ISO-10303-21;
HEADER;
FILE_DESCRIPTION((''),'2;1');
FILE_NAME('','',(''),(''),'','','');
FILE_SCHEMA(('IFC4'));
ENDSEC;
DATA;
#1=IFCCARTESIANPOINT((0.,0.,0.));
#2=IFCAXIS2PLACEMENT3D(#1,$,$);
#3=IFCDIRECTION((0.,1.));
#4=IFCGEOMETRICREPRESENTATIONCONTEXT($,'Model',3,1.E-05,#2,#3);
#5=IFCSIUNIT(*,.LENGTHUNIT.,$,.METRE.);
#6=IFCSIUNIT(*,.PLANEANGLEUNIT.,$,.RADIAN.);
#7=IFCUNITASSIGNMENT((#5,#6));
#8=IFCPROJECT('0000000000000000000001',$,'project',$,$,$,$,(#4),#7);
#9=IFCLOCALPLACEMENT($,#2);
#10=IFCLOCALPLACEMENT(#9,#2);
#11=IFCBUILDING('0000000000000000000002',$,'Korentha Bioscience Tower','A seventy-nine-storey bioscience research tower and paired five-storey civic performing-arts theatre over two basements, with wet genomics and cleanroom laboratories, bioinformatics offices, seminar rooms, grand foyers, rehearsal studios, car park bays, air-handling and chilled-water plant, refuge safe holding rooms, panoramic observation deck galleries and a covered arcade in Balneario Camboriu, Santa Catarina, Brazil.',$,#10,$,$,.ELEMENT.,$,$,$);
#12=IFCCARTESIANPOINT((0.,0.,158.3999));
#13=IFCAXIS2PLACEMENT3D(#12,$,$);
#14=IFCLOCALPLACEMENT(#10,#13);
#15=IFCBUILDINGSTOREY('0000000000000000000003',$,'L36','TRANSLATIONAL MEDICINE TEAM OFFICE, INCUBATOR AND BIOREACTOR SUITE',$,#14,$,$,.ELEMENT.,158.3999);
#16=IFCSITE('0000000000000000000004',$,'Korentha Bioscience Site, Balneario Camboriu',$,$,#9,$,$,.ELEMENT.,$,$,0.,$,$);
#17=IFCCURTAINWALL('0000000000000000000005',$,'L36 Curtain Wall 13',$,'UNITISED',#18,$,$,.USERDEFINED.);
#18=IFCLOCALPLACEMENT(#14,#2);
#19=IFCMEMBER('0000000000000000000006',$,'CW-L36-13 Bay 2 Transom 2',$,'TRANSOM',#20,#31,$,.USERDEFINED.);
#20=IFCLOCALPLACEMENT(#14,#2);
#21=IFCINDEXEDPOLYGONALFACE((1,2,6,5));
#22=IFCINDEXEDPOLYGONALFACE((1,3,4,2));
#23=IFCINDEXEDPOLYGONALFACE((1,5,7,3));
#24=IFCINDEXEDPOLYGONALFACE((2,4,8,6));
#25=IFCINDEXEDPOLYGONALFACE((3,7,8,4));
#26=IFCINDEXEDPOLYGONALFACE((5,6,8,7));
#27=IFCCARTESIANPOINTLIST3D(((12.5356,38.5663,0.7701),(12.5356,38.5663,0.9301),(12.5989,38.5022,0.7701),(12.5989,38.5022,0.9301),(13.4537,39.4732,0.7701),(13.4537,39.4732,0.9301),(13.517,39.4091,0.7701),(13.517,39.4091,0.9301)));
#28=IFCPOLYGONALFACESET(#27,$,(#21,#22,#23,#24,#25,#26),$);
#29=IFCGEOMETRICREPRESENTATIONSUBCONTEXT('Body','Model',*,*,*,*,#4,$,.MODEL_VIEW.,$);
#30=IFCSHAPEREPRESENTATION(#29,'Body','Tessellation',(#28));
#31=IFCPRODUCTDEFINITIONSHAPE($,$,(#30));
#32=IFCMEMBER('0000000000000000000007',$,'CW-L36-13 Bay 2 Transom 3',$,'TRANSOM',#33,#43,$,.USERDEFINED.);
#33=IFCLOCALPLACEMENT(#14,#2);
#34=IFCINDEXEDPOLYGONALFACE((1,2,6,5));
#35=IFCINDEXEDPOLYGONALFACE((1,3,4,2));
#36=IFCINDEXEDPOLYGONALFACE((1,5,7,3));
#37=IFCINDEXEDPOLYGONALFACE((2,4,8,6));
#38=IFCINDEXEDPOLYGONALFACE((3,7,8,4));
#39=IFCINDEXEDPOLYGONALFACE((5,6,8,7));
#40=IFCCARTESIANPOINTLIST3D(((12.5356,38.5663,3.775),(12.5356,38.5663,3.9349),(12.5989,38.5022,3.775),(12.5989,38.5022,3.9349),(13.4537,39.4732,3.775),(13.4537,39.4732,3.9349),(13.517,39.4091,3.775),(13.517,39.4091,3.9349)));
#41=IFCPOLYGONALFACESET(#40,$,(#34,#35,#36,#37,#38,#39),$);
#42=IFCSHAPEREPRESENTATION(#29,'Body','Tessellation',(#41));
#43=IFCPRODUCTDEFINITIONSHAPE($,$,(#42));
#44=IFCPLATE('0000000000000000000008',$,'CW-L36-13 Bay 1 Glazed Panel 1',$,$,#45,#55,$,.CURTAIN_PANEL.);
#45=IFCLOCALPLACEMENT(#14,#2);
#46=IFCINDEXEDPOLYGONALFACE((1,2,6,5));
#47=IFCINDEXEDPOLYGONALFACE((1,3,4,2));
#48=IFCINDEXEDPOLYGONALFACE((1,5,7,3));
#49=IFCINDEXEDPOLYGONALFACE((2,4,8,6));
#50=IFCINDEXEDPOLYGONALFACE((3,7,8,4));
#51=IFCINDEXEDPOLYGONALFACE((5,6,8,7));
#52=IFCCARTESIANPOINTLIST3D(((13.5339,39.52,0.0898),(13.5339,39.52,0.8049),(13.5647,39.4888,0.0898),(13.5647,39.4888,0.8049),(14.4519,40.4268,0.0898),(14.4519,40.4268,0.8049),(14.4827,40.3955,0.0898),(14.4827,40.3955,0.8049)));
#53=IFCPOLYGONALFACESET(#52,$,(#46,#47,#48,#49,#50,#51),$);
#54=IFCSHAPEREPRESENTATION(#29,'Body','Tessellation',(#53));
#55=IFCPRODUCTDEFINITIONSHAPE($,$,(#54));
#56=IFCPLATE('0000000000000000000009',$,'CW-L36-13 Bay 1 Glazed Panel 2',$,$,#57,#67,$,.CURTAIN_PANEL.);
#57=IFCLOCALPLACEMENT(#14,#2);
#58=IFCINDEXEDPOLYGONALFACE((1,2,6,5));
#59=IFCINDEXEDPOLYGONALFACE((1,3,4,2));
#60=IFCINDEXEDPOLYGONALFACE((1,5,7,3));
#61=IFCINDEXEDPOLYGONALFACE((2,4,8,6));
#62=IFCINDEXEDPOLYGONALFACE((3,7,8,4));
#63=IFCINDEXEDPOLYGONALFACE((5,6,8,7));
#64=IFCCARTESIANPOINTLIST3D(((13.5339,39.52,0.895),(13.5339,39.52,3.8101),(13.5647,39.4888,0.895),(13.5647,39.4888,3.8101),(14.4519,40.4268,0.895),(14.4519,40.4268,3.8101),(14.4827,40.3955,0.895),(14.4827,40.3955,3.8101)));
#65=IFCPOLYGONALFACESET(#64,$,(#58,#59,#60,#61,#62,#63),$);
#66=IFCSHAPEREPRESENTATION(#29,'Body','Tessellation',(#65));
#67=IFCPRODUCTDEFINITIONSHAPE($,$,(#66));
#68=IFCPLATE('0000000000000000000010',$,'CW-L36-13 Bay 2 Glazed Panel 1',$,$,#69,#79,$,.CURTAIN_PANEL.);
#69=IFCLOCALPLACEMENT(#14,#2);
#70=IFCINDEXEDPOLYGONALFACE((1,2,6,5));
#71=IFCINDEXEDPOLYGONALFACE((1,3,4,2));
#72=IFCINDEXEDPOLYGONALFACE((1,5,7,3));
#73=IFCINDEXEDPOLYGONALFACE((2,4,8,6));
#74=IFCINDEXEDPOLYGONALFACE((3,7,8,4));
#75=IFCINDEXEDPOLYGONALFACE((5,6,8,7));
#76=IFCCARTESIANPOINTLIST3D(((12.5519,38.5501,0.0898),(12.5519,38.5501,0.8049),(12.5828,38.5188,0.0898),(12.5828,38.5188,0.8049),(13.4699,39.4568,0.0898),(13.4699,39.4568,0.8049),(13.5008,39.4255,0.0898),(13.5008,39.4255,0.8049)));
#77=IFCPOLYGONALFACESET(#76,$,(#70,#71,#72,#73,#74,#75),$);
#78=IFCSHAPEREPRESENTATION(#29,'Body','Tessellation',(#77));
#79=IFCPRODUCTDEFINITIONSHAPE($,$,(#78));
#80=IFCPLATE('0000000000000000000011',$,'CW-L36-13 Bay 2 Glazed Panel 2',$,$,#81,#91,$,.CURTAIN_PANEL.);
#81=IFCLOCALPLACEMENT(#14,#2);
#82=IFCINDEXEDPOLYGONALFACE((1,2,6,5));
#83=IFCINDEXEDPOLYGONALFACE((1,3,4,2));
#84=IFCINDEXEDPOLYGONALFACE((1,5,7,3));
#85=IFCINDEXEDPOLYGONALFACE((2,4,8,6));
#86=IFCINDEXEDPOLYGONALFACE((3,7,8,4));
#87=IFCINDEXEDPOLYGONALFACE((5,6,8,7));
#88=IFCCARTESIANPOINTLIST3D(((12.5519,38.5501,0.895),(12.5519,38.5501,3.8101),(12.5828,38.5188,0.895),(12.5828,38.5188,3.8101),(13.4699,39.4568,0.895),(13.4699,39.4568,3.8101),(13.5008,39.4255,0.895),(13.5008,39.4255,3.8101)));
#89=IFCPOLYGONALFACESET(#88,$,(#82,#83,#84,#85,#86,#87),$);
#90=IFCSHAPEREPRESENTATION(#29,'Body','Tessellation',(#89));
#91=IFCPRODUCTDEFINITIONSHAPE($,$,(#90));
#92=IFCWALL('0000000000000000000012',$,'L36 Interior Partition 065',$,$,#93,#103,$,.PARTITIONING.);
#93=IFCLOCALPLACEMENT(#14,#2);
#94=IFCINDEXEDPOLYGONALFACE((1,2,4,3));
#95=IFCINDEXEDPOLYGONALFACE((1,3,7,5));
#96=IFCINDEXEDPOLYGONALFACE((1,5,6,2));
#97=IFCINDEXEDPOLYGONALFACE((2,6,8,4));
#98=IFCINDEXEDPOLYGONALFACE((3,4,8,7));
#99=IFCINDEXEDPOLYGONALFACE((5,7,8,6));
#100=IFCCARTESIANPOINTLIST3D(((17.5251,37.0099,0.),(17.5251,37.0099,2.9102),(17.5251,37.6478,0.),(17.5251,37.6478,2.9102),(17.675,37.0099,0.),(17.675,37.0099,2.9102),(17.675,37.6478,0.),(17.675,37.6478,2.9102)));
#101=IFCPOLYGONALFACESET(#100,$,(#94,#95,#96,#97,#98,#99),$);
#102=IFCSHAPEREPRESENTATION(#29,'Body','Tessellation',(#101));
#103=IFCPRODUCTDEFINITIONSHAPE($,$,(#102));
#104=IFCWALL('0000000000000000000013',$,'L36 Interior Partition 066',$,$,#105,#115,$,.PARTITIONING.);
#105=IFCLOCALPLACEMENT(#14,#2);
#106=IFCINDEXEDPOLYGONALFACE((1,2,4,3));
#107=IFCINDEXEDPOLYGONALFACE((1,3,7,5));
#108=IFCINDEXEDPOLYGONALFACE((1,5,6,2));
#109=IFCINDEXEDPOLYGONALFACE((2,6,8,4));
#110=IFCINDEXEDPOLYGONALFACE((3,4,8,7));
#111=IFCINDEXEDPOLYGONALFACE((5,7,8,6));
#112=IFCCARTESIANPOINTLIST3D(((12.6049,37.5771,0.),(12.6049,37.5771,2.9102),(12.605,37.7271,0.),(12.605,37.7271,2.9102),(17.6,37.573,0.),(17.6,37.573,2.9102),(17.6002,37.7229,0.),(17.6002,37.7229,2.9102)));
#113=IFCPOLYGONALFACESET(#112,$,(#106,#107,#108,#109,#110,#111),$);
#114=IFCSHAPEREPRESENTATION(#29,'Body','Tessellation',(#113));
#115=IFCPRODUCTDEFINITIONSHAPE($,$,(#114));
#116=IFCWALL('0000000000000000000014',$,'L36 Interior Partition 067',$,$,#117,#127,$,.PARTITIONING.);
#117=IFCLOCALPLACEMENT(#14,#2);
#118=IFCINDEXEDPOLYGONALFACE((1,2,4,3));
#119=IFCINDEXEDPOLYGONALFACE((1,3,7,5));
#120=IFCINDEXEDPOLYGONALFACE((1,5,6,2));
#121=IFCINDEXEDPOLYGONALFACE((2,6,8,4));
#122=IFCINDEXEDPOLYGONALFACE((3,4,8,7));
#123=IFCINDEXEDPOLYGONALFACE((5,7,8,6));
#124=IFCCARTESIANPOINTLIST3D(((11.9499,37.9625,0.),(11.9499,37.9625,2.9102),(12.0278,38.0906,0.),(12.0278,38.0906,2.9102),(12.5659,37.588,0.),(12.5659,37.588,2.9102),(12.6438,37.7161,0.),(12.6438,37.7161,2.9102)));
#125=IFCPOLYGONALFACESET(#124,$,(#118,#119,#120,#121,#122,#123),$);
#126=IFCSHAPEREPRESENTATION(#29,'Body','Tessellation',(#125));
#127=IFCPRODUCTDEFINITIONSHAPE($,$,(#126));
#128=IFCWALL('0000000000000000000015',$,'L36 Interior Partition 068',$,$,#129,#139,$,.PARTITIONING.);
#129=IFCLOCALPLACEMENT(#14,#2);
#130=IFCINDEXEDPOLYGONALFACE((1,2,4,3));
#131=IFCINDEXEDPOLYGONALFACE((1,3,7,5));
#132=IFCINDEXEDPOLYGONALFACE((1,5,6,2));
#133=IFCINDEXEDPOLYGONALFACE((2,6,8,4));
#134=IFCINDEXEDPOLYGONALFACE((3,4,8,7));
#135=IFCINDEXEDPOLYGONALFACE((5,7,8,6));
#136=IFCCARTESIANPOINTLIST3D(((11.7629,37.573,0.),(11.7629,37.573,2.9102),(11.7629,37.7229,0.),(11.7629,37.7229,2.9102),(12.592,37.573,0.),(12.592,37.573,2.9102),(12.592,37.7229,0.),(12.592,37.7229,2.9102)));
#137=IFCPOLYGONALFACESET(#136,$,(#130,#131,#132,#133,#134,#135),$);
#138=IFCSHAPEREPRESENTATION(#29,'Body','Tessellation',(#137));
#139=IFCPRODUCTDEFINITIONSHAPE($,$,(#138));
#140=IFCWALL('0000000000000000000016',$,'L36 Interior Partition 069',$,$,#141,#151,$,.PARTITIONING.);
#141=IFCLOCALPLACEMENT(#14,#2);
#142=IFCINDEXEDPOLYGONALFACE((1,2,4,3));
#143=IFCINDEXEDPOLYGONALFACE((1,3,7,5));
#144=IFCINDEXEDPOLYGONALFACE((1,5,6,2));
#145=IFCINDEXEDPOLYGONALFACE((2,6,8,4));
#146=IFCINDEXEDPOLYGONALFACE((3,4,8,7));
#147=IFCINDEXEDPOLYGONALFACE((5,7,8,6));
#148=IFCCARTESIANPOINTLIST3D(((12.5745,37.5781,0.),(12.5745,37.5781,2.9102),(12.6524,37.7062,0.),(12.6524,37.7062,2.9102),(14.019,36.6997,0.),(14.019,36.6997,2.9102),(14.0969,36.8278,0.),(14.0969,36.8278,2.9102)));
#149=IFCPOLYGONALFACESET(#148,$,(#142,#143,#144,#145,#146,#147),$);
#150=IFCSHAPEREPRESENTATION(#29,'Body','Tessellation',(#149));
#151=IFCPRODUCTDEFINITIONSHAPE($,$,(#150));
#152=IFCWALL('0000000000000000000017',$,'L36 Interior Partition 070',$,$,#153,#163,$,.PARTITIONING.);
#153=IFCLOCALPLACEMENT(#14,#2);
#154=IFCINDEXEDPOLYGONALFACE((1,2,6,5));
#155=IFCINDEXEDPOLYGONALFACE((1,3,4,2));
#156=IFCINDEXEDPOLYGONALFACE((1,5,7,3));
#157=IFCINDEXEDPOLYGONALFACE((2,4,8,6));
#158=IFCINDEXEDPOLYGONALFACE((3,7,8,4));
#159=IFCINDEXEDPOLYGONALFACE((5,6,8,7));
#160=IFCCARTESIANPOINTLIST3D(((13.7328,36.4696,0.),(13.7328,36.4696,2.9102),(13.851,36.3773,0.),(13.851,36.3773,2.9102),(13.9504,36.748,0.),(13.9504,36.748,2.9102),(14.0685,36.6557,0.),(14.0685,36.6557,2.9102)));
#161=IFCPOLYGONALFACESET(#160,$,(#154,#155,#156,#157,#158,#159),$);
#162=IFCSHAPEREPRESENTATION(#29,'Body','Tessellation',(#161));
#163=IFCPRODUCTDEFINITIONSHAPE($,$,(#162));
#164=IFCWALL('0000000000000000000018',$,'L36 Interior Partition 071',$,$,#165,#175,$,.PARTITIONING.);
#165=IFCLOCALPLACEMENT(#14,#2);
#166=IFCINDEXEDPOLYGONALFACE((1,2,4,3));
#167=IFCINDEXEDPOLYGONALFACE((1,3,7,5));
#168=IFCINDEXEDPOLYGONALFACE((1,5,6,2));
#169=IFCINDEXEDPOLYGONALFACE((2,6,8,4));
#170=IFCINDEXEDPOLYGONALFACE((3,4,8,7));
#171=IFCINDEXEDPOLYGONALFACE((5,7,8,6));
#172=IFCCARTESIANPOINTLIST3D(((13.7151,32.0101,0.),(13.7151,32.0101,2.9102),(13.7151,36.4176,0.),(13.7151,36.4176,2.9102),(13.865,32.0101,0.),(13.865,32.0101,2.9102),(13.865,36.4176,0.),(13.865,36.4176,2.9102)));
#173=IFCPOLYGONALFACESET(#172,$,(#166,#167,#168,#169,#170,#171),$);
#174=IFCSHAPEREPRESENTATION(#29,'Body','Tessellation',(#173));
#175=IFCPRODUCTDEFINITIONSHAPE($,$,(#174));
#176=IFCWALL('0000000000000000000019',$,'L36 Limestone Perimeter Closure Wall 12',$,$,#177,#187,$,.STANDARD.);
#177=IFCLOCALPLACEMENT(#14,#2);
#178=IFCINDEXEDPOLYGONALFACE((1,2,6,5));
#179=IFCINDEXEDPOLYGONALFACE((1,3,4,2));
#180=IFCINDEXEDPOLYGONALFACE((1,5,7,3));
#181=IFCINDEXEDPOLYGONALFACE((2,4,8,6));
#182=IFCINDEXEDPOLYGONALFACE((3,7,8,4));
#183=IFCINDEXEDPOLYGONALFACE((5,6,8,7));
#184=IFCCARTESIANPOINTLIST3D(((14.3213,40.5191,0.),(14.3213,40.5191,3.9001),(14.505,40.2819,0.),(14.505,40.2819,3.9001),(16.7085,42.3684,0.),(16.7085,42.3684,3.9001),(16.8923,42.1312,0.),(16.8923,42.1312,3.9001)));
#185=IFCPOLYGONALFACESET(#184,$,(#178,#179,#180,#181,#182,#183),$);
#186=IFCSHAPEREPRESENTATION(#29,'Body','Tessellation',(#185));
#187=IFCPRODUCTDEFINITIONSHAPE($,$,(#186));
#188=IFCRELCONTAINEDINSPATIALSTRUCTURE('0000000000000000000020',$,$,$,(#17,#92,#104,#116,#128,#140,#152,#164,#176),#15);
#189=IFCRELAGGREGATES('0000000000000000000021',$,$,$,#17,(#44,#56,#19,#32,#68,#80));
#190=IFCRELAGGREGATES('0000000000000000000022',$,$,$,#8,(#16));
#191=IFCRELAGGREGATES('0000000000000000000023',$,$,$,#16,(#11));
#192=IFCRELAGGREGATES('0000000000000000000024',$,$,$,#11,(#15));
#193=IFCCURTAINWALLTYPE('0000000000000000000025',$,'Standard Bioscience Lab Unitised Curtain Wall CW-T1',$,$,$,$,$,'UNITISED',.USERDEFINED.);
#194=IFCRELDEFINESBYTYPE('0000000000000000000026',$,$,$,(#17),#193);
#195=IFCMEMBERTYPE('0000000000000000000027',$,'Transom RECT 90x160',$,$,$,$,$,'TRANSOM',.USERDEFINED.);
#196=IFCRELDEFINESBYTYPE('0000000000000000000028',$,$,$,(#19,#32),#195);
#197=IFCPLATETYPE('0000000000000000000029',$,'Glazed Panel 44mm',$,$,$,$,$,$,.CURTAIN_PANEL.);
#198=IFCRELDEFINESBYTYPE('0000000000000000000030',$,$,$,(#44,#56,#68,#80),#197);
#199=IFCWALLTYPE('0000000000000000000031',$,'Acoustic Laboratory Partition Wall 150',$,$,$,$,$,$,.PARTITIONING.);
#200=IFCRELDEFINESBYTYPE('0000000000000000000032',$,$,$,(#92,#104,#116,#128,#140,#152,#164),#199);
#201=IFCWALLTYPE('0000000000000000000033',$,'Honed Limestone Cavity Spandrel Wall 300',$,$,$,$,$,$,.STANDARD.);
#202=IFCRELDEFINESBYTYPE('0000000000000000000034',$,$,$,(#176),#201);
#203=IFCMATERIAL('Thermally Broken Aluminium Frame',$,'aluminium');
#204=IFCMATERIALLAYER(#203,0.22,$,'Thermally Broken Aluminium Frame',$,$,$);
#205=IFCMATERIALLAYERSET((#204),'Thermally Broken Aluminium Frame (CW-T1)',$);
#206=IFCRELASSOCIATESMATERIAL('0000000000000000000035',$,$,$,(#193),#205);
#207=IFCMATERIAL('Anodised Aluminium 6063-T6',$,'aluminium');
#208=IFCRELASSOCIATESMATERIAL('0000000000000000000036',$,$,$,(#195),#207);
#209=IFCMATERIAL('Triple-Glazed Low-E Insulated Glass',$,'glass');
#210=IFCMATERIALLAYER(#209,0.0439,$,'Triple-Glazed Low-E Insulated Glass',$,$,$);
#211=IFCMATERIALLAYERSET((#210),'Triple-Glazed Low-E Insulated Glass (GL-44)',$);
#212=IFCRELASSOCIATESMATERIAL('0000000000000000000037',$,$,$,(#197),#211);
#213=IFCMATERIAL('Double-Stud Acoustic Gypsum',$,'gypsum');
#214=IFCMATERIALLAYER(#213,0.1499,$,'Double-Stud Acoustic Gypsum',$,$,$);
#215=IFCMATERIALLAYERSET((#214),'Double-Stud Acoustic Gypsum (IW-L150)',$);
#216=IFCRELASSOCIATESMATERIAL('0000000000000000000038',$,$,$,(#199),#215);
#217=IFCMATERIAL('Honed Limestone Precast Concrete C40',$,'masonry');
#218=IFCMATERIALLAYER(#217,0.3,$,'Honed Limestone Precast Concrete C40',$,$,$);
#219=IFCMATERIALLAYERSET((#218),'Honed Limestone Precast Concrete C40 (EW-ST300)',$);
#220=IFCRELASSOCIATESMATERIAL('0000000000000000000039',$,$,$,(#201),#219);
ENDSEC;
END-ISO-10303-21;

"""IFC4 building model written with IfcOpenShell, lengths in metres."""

from ifc_helpers import new_model, si_unit, direction, frame, frame_2d, origin, origin_2d, place, context, subcontext, project, spatial, rectangle, extrude, material, layer, layer_set, material_profile, profile_set, type_object, element, aggregate, save


model = new_model("IFC4")

# Units and contexts
model_context = context("Model", 3, precision=1e-05, world=origin(), true_north=direction((0.0, 1.0)))
body_context = subcontext(model_context, "Body", "Model", "MODEL_VIEW")
ifc_project = project(units=[si_unit("LENGTHUNIT", "METRE"), si_unit("PLANEANGLEUNIT", "RADIAN")], contexts=[model_context])

# Site, building, storey
site_placement = place(None, origin())
site = spatial("IfcSite", under=ifc_project, at=site_placement, Name="Korentha Bioscience Site, Balneario Camboriu", CompositionType="ELEMENT", RefElevation=0.0)
building_placement = place(site_placement, origin())
building = spatial("IfcBuilding", under=site, at=building_placement, Name="Korentha Bioscience Tower", Description="A seventy-nine-storey bioscience research tower and paired five-storey civic performing-arts theatre over two basements, with wet genomics and cleanroom laboratories, bioinformatics offices, seminar rooms, grand foyers, rehearsal studios, car park bays, air-handling and chilled-water plant, refuge safe holding rooms, panoramic observation deck galleries and a covered arcade in Balneario Camboriu, Santa Catarina, Brazil.", CompositionType="ELEMENT")
storey_placement = place(building_placement, frame((0.0, 0.0, 158.3999)))
storey = spatial("IfcBuildingStorey", under=building, at=storey_placement, Name="L36", Description="TRANSLATIONAL MEDICINE TEAM OFFICE, INCUBATOR AND BIOREACTOR SUITE", CompositionType="ELEMENT", Elevation=158.3999)

# Curtain wall
ifc_material_1 = material(Name="Thermally Broken Aluminium Frame", Category="aluminium")
ifc_layer_1 = layer(ifc_material_1, 0.22, Name="Thermally Broken Aluminium Frame")
ifc_layer_set_1 = layer_set([ifc_layer_1], Name="Thermally Broken Aluminium Frame (CW-T1)")
curtain_wall_type = type_object("IfcCurtainWallType", Name="Standard Bioscience Lab Unitised Curtain Wall CW-T1", ElementType="UNITISED", PredefinedType="USERDEFINED", material=ifc_layer_set_1)
curtain_wall_placement = place(storey_placement, origin())
curtain_wall = element("IfcCurtainWall", 1, at=curtain_wall_placement, inside=storey, type_object=curtain_wall_type, Name="L36 Curtain Wall 13", ObjectType="UNITISED", PredefinedType="USERDEFINED")
ifc_material_2 = material(Name="Anodised Aluminium 6063-T6", Category="aluminium")

# Members
ifc_material_profile_1 = material_profile(ifc_material_2, rectangle(XDim=0.0901, YDim=0.1599, at=origin_2d()), Name="Anodised Aluminium 6063-T6")
ifc_profile_set_1 = profile_set([ifc_material_profile_1], Name="Anodised Aluminium 6063-T6 (CW-TRN)")
member_type_1 = type_object("IfcMemberType", Name="Transom RECT 90x160", ElementType="TRANSOM", PredefinedType="USERDEFINED", material=ifc_profile_set_1)
member_1_placement = place(storey_placement, frame((13.4854, 39.4412, 0.8501), z_axis=(-0.711444, -0.702743, 0.0), x_axis=(0.702743, -0.711444, 0.0)))
member_1 = element("IfcMember", 2, at=member_1_placement, type_object=member_type_1, Name="CW-L36-13 Bay 2 Transom 2", ObjectType="TRANSOM", PredefinedType="USERDEFINED", context=body_context, shape_type="SweptSolid", body=[
    extrude(rectangle(XDim=0.0901, YDim=0.1599, at=origin_2d()), origin(), (0.0, 0.0, 1.0), 1.2905),
])
member_2_placement = place(storey_placement, frame((13.4854, 39.4412, 3.855), z_axis=(-0.711444, -0.702743, 0.0), x_axis=(0.702743, -0.711444, 0.0)))
member_2 = element("IfcMember", 3, at=member_2_placement, type_object=member_type_1, Name="CW-L36-13 Bay 2 Transom 3", ObjectType="TRANSOM", PredefinedType="USERDEFINED", context=body_context, shape_type="SweptSolid", body=[
    extrude(rectangle(XDim=0.0901, YDim=0.1599, at=origin_2d()), origin(), (0.0, 0.0, 1.0), 1.2905),
])

# Plates
ifc_material_3 = material(Name="Triple-Glazed Low-E Insulated Glass", Category="glass")
ifc_layer_2 = layer(ifc_material_3, 0.0439, Name="Triple-Glazed Low-E Insulated Glass")
ifc_layer_set_2 = layer_set([ifc_layer_2], Name="Triple-Glazed Low-E Insulated Glass (GL-44)")
plate_type = type_object("IfcPlateType", Name="Glazed Panel 44mm", PredefinedType="CURTAIN_PANEL", material=ifc_layer_set_2)
plate_1_placement = place(storey_placement, frame((14.0083, 39.9578, 0.0898), z_axis=(0.0, 0.0, 1.0), x_axis=(-0.711461, -0.702726, 0.0)))
plate_1 = element("IfcPlate", 4, at=plate_1_placement, type_object=plate_type, Name="CW-L36-13 Bay 1 Glazed Panel 1", PredefinedType="CURTAIN_PANEL", context=body_context, shape_type="SweptSolid", body=[
    extrude(rectangle(XDim=1.2903, YDim=0.0439, at=origin_2d()), origin(), (0.0, 0.0, 1.0), 0.7151),
])
plate_2_placement = place(storey_placement, frame((14.0083, 39.9578, 0.895), z_axis=(0.0, 0.0, 1.0), x_axis=(-0.711461, -0.702726, 0.0)))
plate_2 = element("IfcPlate", 5, at=plate_2_placement, type_object=plate_type, Name="CW-L36-13 Bay 1 Glazed Panel 2", PredefinedType="CURTAIN_PANEL", context=body_context, shape_type="SweptSolid", body=[
    extrude(rectangle(XDim=1.2903, YDim=0.0439, at=origin_2d()), origin(), (0.0, 0.0, 1.0), 2.915),
])
plate_3_placement = place(storey_placement, frame((13.0264, 38.9878, 0.0898), z_axis=(0.0, 0.0, 1.0), x_axis=(-0.711461, -0.702726, 0.0)))
plate_3 = element("IfcPlate", 6, at=plate_3_placement, type_object=plate_type, Name="CW-L36-13 Bay 2 Glazed Panel 1", PredefinedType="CURTAIN_PANEL", context=body_context, shape_type="SweptSolid", body=[
    extrude(rectangle(XDim=1.2903, YDim=0.0439, at=origin_2d()), origin(), (0.0, 0.0, 1.0), 0.7151),
])
plate_4_placement = place(storey_placement, frame((13.0264, 38.9878, 0.895), z_axis=(0.0, 0.0, 1.0), x_axis=(-0.711461, -0.702726, 0.0)))
plate_4 = element("IfcPlate", 7, at=plate_4_placement, type_object=plate_type, Name="CW-L36-13 Bay 2 Glazed Panel 2", PredefinedType="CURTAIN_PANEL", context=body_context, shape_type="SweptSolid", body=[
    extrude(rectangle(XDim=1.2903, YDim=0.0439, at=origin_2d()), origin(), (0.0, 0.0, 1.0), 2.915),
])
aggregate(curtain_wall, [plate_1, plate_2, member_1, member_2, plate_3, plate_4])

# Walls
ifc_material_4 = material(Name="Double-Stud Acoustic Gypsum", Category="gypsum")
ifc_layer_3 = layer(ifc_material_4, 0.1499, Name="Double-Stud Acoustic Gypsum")
ifc_layer_set_3 = layer_set([ifc_layer_3], Name="Double-Stud Acoustic Gypsum (IW-L150)")
wall_type_1 = type_object("IfcWallType", Name="Acoustic Laboratory Partition Wall 150", PredefinedType="PARTITIONING", material=ifc_layer_set_3)
wall_1_placement = place(storey_placement, frame((17.6001, 37.01, 0.0), z_axis=(0.0, 0.0, 1.0), x_axis=(0.0, 1.0, 0.0)))
element("IfcWall", 8, at=wall_1_placement, inside=storey, type_object=wall_type_1, Name="L36 Interior Partition 065", PredefinedType="PARTITIONING", context=body_context, shape_type="SweptSolid", body=[
    extrude(rectangle(XDim=0.6379, YDim=0.1499, at=frame_2d((0.3188, 0.0))), origin(), (0.0, 0.0, 1.0), 2.9102),
])
wall_2_placement = place(storey_placement, frame((17.6001, 37.6479, 0.0), z_axis=(0.0, 0.0, 1.0), x_axis=(-1.0, 0.000831, 0.0)))
element("IfcWall", 9, at=wall_2_placement, inside=storey, type_object=wall_type_1, Name="L36 Interior Partition 066", PredefinedType="PARTITIONING", context=body_context, shape_type="SweptSolid", body=[
    extrude(rectangle(XDim=4.9951, YDim=0.1499, at=frame_2d((2.4976, 0.0))), origin(), (0.0, 0.0, 1.0), 2.9102),
])
wall_3_placement = place(storey_placement, frame((12.6047, 37.6521, 0.0), z_axis=(0.0, 0.0, 1.0), x_axis=(-0.85446, 0.519517, 0.0)))
element("IfcWall", 10, at=wall_3_placement, inside=storey, type_object=wall_type_1, Name="L36 Interior Partition 067", PredefinedType="PARTITIONING", context=body_context, shape_type="SweptSolid", body=[
    extrude(rectangle(XDim=0.7209, YDim=0.1499, at=frame_2d((0.3604, 0.0))), origin(), (0.0, 0.0, 1.0), 2.9102),
])
wall_4_placement = place(storey_placement, frame((11.7629, 37.6479, 0.0), z_axis=(0.0, 0.0, 1.0), x_axis=(1.0, 0.0, 0.0)))
element("IfcWall", 11, at=wall_4_placement, inside=storey, type_object=wall_type_1, Name="L36 Interior Partition 068", PredefinedType="PARTITIONING", context=body_context, shape_type="SweptSolid", body=[
    extrude(rectangle(XDim=0.8291, YDim=0.1499, at=frame_2d((0.4146, 0.0))), origin(), (0.0, 0.0, 1.0), 2.9102),
])
wall_5_placement = place(storey_placement, frame((12.6135, 37.6421, 0.0), z_axis=(0.0, 0.0, 1.0), x_axis=(0.854433, -0.519562, 0.0)))
element("IfcWall", 12, at=wall_5_placement, inside=storey, type_object=wall_type_1, Name="L36 Interior Partition 069", PredefinedType="PARTITIONING", context=body_context, shape_type="SweptSolid", body=[
    extrude(rectangle(XDim=1.6907, YDim=0.1499, at=frame_2d((0.8452, 0.0))), origin(), (0.0, 0.0, 1.0), 2.9102),
])
wall_6_placement = place(storey_placement, frame((14.0095, 36.7019, 0.0), z_axis=(0.0, 0.0, 1.0), x_axis=(-0.615805, -0.787899, 0.0)))
element("IfcWall", 13, at=wall_6_placement, inside=storey, type_object=wall_type_1, Name="L36 Interior Partition 070", PredefinedType="PARTITIONING", context=body_context, shape_type="SweptSolid", body=[
    extrude(rectangle(XDim=0.3533, YDim=0.1499, at=frame_2d((0.1768, 0.0))), origin(), (0.0, 0.0, 1.0), 2.9102),
])
wall_7_placement = place(storey_placement, frame((13.79, 36.4175, 0.0), z_axis=(0.0, 0.0, 1.0), x_axis=(0.0, -1.0, 0.0)))
element("IfcWall", 14, at=wall_7_placement, inside=storey, type_object=wall_type_1, Name="L36 Interior Partition 071", PredefinedType="PARTITIONING", context=body_context, shape_type="SweptSolid", body=[
    extrude(rectangle(XDim=4.4075, YDim=0.1499, at=frame_2d((2.2036, 0.0))), origin(), (0.0, 0.0, 1.0), 2.9102),
])
ifc_material_5 = material(Name="Honed Limestone Precast Concrete C40", Category="masonry")
ifc_layer_4 = layer(ifc_material_5, 0.3, Name="Honed Limestone Precast Concrete C40")
ifc_layer_set_4 = layer_set([ifc_layer_4], Name="Honed Limestone Precast Concrete C40 (EW-ST300)")
wall_type_2 = type_object("IfcWallType", Name="Honed Limestone Cavity Spandrel Wall 300", PredefinedType="STANDARD", material=ifc_layer_set_4)
wall_8_placement = place(storey_placement, frame((16.8003, 42.2498, 0.0), z_axis=(0.0, 0.0, 1.0), x_axis=(-0.790531, -0.612423, 0.0)))
element("IfcWall", 15, at=wall_8_placement, inside=storey, type_object=wall_type_2, Name="L36 Limestone Perimeter Closure Wall 12", PredefinedType="STANDARD", context=body_context, shape_type="SweptSolid", body=[
    extrude(rectangle(XDim=3.0198, YDim=0.3, at=frame_2d((1.5098, 0.0))), origin(), (0.0, 0.0, 1.0), 3.9001),
])

save(model, "model.ifc")
